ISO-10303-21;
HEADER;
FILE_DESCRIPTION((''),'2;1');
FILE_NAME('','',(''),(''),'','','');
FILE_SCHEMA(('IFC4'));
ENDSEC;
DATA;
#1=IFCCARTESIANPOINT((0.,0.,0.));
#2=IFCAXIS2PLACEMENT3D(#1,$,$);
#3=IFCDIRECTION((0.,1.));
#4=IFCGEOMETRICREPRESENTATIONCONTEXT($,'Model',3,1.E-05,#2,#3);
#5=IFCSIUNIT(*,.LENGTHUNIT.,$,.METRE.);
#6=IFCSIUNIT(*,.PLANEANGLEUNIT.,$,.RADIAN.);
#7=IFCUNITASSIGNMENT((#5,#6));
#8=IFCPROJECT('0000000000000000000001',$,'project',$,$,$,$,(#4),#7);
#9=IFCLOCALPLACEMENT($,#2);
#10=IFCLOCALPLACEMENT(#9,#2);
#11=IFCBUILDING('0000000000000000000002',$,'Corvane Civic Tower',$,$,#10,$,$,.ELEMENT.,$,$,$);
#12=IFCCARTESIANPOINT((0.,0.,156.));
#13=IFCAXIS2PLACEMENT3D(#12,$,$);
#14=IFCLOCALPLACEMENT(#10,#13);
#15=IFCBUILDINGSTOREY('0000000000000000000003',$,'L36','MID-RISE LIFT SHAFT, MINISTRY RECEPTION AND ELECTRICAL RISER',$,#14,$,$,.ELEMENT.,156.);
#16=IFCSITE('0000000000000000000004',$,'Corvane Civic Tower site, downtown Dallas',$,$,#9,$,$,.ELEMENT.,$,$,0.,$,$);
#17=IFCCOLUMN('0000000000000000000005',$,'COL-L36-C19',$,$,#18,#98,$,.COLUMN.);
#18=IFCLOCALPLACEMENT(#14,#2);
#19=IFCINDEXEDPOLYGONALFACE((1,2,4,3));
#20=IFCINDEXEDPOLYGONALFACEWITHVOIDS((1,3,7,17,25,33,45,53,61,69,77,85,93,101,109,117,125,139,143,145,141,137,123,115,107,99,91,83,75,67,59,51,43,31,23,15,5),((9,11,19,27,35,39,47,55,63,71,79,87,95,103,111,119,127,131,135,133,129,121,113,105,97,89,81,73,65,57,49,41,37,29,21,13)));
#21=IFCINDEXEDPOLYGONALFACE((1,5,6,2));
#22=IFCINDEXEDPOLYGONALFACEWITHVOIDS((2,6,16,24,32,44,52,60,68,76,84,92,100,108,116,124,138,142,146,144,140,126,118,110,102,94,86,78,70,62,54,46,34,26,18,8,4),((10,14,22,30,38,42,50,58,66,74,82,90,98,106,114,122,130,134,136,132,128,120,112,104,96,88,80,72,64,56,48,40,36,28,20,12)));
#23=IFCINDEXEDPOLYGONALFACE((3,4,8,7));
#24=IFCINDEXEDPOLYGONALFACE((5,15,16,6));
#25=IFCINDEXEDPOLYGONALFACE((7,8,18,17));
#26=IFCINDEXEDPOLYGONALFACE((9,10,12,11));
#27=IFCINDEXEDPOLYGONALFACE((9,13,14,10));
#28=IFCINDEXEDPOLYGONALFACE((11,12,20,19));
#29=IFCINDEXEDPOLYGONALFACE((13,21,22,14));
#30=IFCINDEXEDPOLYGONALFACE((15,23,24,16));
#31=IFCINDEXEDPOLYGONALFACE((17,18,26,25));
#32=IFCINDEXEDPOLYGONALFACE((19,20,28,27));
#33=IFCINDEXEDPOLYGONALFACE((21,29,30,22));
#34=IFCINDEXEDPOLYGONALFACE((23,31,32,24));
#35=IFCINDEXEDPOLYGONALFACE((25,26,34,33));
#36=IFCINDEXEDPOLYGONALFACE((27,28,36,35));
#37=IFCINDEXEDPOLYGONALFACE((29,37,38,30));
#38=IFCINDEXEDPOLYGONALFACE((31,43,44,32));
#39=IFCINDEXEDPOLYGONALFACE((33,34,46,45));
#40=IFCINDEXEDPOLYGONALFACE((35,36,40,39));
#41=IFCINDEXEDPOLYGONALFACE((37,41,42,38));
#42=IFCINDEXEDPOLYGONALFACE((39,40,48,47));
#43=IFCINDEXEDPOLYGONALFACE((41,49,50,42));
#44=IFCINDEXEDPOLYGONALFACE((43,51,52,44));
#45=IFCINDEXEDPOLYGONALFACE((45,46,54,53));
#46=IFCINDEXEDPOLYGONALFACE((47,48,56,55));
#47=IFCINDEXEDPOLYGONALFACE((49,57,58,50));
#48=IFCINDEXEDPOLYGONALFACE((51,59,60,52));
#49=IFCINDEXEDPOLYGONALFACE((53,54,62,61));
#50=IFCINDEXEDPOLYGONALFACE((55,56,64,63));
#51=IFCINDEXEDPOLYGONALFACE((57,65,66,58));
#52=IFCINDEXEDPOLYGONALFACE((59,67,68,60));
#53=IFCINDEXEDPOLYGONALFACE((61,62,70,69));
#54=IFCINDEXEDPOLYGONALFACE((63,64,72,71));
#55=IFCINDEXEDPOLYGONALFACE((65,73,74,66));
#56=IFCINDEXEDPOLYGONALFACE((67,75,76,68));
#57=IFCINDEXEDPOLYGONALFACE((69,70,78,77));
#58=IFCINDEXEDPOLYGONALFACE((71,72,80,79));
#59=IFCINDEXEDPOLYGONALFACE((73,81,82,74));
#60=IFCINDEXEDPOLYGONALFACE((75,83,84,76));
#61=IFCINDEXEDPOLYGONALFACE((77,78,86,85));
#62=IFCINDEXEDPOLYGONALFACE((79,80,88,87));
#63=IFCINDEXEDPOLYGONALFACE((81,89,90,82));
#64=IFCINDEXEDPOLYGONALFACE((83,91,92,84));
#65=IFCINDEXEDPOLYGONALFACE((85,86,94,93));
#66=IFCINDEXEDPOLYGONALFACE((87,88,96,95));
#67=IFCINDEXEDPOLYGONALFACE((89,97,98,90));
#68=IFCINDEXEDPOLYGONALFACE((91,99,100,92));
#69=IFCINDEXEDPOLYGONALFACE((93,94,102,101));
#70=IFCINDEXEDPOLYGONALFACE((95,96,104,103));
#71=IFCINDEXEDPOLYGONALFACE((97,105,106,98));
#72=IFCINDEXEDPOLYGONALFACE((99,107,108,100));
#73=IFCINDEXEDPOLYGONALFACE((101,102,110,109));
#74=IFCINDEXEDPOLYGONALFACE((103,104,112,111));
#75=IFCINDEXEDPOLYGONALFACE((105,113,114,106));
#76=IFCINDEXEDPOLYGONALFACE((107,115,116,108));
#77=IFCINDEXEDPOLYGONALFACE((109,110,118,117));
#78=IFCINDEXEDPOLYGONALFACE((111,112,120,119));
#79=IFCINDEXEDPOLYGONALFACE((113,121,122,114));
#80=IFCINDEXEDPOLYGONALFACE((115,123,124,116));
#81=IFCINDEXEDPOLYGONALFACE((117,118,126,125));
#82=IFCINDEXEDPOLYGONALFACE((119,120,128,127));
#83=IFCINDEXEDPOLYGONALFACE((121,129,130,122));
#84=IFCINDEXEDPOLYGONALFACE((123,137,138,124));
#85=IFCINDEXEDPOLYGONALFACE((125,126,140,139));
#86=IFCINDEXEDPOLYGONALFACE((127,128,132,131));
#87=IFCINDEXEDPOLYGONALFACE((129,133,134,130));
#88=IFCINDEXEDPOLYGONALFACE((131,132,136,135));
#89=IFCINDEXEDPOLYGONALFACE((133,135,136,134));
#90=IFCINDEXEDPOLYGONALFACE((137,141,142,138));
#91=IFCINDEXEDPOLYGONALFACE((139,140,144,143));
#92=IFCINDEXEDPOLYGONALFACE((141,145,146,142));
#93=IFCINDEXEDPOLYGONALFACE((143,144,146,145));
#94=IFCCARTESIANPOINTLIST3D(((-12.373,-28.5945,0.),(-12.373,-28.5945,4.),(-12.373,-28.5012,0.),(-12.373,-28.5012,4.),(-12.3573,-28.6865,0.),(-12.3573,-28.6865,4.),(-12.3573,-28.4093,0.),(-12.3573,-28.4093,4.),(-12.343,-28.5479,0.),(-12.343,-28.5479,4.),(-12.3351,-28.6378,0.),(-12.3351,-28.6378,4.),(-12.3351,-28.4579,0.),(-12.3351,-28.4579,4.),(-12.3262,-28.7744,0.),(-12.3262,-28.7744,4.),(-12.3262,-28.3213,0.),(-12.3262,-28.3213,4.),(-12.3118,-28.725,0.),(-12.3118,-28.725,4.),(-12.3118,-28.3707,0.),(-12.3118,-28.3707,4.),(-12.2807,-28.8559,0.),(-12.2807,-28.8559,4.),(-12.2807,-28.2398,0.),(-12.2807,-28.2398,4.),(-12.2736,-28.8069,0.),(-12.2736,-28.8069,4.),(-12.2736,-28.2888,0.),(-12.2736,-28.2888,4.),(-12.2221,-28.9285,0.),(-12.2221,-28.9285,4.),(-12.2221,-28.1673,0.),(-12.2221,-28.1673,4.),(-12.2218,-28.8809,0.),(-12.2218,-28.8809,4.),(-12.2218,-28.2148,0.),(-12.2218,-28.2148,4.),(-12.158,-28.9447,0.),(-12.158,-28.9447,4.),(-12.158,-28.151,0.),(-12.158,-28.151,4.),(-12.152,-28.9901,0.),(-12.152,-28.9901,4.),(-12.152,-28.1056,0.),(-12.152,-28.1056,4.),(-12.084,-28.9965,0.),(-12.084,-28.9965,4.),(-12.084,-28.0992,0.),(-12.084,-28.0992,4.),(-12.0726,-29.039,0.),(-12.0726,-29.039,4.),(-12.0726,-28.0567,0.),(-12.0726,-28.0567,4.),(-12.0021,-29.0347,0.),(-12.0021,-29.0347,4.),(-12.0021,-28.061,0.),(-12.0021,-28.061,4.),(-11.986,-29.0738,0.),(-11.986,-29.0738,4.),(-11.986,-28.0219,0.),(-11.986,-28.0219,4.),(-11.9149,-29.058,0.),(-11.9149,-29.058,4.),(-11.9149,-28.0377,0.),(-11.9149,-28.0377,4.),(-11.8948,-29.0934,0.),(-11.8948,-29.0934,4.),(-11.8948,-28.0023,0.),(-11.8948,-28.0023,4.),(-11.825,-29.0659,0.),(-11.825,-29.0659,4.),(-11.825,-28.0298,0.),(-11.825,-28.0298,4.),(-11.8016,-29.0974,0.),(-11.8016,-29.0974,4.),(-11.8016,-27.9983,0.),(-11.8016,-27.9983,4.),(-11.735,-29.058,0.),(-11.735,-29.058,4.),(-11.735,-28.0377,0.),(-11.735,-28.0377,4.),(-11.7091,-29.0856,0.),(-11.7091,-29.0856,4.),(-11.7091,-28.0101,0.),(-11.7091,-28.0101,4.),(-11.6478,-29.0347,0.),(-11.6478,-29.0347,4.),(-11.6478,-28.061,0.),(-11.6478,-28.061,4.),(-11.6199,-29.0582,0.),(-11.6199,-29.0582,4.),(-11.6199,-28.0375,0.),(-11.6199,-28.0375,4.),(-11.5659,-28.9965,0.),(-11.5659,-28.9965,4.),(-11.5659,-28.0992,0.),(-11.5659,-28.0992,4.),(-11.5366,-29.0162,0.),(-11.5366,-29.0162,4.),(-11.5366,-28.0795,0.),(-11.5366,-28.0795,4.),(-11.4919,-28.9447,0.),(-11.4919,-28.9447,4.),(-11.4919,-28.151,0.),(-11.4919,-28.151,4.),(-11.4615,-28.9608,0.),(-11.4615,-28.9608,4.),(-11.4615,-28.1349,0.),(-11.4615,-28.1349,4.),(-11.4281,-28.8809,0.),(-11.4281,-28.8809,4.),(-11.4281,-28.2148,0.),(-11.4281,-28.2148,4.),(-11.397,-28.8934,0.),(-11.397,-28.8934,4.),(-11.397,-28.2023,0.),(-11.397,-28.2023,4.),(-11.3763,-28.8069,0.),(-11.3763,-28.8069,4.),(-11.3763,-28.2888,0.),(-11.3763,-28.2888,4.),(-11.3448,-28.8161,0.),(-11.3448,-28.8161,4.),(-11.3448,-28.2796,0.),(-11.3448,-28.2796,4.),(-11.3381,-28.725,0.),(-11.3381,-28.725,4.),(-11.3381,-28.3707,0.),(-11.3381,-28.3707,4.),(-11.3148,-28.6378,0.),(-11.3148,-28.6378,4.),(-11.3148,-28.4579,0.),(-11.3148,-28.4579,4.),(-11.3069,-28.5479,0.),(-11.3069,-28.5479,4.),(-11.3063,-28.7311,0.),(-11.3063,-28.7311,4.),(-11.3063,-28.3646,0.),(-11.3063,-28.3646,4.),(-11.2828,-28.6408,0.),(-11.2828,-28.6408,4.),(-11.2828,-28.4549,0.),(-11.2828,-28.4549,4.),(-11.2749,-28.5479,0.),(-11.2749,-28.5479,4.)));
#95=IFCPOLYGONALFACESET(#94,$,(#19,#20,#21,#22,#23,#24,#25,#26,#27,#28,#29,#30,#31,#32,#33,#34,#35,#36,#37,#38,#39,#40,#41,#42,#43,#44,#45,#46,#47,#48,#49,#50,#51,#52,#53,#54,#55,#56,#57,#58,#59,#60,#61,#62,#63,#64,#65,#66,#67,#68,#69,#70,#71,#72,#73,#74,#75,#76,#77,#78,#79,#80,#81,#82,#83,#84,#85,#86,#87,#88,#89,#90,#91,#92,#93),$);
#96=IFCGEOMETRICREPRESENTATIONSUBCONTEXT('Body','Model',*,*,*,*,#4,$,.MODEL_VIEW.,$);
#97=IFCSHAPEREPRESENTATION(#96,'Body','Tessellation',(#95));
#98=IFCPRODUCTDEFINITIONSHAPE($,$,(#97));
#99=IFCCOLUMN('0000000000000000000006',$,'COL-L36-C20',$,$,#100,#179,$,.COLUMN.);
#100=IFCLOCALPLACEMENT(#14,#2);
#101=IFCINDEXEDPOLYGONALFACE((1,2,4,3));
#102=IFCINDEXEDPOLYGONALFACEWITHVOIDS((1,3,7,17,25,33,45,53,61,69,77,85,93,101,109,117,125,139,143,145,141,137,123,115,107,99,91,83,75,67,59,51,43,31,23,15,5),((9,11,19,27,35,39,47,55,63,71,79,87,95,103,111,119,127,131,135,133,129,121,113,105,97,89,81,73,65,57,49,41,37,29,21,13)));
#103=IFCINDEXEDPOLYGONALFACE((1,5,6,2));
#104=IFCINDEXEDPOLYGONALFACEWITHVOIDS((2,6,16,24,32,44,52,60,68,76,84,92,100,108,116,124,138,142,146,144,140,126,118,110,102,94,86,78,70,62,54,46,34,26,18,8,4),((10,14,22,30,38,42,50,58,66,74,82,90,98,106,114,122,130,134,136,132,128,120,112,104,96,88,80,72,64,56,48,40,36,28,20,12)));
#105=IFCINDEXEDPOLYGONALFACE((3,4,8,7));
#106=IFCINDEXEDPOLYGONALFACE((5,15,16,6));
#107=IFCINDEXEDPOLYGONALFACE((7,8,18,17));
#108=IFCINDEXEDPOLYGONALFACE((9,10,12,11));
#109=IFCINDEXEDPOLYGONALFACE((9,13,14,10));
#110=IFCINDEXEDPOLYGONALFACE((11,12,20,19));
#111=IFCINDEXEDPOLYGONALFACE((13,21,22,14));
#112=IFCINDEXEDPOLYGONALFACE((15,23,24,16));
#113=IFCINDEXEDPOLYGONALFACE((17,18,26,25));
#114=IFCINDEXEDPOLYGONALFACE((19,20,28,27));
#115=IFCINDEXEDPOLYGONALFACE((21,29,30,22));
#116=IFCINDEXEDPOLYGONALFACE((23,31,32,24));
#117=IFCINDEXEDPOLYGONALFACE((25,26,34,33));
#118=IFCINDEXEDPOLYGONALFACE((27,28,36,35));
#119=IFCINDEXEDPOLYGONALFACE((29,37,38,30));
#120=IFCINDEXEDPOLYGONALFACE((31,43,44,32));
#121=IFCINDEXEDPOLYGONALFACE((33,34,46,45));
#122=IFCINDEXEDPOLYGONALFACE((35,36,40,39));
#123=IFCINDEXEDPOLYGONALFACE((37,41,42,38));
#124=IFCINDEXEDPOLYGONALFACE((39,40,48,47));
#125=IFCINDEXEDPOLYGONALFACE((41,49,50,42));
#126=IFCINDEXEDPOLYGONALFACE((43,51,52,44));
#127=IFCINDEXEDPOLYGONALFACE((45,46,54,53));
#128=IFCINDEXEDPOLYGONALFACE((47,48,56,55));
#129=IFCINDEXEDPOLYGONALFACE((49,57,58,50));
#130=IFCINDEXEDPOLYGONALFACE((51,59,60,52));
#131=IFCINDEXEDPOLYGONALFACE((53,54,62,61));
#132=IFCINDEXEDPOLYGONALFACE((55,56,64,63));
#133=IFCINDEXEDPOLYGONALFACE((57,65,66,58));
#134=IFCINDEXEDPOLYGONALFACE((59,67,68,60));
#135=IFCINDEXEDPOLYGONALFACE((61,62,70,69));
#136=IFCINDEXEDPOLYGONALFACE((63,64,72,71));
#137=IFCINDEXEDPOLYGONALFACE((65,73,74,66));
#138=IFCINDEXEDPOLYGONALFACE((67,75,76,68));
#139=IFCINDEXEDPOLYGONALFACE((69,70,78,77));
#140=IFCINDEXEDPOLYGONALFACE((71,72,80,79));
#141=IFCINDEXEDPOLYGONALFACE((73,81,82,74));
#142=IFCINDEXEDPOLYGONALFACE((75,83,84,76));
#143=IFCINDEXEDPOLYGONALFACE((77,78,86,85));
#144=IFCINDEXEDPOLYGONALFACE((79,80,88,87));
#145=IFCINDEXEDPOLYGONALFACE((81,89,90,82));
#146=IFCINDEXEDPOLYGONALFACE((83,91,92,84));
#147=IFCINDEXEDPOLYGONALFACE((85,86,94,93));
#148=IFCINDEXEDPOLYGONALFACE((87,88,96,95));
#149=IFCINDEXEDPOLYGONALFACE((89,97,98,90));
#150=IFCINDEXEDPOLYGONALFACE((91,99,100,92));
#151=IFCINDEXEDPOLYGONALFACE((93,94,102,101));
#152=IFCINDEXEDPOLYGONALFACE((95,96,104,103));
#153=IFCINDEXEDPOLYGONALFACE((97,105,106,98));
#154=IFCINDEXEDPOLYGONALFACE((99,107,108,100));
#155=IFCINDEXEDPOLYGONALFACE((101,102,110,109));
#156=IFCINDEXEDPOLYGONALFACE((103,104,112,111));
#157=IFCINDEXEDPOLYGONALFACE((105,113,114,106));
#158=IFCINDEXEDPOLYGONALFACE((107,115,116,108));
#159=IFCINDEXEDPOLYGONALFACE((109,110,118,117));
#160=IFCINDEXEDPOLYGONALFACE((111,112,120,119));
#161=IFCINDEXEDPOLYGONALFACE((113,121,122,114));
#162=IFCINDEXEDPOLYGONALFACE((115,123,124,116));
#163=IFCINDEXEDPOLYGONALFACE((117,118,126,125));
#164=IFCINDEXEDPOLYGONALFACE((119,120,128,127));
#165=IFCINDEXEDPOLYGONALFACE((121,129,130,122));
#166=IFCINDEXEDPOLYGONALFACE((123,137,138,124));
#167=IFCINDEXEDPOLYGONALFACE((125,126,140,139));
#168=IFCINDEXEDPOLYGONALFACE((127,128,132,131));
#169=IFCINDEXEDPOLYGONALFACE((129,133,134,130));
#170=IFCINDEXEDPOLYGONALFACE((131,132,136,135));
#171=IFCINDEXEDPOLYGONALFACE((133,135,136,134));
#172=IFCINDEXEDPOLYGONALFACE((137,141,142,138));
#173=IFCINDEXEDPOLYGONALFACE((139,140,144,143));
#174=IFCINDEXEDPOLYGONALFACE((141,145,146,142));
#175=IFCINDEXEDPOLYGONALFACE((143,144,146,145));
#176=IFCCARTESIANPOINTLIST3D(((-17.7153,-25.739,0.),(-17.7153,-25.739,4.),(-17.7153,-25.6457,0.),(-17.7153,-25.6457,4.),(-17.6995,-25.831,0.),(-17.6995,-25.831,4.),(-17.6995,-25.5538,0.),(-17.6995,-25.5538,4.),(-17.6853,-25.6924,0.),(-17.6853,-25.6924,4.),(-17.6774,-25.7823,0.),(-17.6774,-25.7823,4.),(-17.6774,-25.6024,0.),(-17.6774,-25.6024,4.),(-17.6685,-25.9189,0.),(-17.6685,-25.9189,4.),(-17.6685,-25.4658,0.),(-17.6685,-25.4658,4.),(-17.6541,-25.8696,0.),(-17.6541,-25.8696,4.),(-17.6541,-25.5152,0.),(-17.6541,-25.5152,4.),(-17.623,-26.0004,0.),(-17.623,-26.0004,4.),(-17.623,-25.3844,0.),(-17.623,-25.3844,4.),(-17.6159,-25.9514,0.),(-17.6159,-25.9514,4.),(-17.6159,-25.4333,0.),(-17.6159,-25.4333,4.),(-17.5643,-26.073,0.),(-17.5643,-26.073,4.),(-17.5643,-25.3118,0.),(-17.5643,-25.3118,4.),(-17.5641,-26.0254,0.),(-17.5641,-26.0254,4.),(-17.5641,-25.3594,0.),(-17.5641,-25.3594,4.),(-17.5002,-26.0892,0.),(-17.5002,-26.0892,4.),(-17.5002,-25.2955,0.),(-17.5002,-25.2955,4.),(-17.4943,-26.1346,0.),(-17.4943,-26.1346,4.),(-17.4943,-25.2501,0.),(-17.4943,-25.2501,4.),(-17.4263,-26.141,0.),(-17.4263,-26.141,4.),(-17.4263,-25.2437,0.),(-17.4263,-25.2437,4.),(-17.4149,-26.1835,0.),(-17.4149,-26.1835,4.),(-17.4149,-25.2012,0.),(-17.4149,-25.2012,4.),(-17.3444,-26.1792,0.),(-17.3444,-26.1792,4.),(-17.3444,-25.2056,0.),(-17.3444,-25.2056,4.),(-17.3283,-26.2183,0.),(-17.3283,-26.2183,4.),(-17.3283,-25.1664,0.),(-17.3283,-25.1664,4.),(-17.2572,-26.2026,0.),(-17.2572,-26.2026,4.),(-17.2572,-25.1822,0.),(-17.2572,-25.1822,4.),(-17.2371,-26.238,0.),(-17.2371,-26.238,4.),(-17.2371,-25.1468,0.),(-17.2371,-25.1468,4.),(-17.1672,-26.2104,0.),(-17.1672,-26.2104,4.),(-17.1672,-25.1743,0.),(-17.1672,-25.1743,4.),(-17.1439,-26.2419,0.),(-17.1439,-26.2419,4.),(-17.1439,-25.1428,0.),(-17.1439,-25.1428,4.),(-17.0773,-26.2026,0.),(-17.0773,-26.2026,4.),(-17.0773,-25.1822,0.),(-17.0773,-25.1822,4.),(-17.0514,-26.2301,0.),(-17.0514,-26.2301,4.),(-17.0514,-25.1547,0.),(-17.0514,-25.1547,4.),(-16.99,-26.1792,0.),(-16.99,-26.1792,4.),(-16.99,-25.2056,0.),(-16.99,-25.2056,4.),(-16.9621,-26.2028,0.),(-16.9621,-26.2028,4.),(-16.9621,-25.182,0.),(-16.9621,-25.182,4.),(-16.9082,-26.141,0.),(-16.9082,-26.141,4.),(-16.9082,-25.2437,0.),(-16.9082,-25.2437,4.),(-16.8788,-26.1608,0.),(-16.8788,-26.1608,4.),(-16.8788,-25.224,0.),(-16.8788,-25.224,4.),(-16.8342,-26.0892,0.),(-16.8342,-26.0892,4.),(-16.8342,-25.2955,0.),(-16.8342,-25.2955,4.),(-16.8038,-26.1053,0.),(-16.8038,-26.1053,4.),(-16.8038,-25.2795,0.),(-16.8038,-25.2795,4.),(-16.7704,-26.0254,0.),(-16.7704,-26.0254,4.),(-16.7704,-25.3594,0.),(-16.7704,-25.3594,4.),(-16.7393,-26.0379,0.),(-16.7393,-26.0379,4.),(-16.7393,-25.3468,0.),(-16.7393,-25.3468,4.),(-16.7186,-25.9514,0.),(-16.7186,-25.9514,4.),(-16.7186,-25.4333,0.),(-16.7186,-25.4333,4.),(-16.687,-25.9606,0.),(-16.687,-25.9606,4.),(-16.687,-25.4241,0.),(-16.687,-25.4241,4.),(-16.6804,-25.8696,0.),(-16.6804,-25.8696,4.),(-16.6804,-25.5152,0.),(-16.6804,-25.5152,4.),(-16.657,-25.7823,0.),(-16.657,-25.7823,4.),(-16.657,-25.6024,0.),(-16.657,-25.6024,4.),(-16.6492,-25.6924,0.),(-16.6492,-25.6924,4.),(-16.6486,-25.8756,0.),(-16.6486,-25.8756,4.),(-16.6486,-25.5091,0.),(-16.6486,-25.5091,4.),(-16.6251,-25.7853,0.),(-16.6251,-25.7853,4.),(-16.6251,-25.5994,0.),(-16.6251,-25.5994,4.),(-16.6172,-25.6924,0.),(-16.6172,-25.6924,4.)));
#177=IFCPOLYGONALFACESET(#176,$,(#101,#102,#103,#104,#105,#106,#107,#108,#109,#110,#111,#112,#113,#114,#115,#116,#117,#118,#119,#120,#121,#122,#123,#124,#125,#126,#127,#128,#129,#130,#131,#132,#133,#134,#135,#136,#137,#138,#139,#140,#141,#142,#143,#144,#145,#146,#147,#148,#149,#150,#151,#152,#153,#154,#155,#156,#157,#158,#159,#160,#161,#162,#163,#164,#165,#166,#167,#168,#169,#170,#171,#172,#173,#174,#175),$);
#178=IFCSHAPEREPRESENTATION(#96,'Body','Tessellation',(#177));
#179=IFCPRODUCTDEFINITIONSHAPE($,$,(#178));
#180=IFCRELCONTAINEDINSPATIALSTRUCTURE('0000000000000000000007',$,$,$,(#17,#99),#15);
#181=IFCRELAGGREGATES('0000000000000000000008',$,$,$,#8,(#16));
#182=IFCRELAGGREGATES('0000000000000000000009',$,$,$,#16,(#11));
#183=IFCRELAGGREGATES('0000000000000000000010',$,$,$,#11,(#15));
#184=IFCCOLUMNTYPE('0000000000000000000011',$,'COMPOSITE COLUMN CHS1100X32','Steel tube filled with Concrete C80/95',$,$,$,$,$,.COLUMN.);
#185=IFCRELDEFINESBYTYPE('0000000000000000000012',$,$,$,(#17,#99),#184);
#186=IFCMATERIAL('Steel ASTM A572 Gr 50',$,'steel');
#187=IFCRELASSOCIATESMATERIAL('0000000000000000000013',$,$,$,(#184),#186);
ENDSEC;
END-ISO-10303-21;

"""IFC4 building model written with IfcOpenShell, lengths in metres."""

from ifc_helpers import new_model, si_unit, direction, frame, origin, origin_2d, place, context, subcontext, project, spatial, hollow_circle, extrude, material, material_profile, profile_set, type_object, element, save


model = new_model("IFC4")

# Units and contexts
model_context = context("Model", 3, precision=1e-05, world=origin(), true_north=direction((0.0, 1.0)))
body_context = subcontext(model_context, "Body", "Model", "MODEL_VIEW")
ifc_project = project(units=[si_unit("LENGTHUNIT", "METRE"), si_unit("PLANEANGLEUNIT", "RADIAN")], contexts=[model_context])

# Site, building, storey
site_placement = place(None, origin())
site = spatial("IfcSite", under=ifc_project, at=site_placement, Name="Corvane Civic Tower site, downtown Dallas", CompositionType="ELEMENT", RefElevation=0.0)
building_placement = place(site_placement, origin())
building = spatial("IfcBuilding", under=site, at=building_placement, Name="Corvane Civic Tower", CompositionType="ELEMENT")
storey_placement = place(building_placement, frame((0.0, 0.0, 156.0)))
storey = spatial("IfcBuildingStorey", under=building, at=storey_placement, Name="L36", Description="MID-RISE LIFT SHAFT, MINISTRY RECEPTION AND ELECTRICAL RISER", CompositionType="ELEMENT", Elevation=156.0)

# Columns
ifc_material_1 = material(Name="Steel ASTM A572 Gr 50", Category="steel")
ifc_material_profile_1 = material_profile(ifc_material_1, hollow_circle(Radius=0.55, WallThickness=0.032, at=origin_2d()), Name="CHS1100X32")
ifc_profile_set_1 = profile_set([ifc_material_profile_1], Name="Steel ASTM A572 Gr 50")
column_type = type_object("IfcColumnType", Name="COMPOSITE COLUMN CHS1100X32", Description="Steel tube filled with Concrete C80/95", PredefinedType="COLUMN", material=ifc_profile_set_1)
for number, where, z_axis, x_axis, name in (
    (1, (-11.825, -28.5479, 0.0), (0.0, 0.0, 1.0), (1.0, 0.0, 0.0), "COL-L36-C19"),
    (2, (-17.1672, -25.6924, 0.0), (0.0, 0.0, 1.0), (1.0, 0.0, 0.0), "COL-L36-C20"),
):
    element("IfcColumn", number, at=place(storey_placement, frame(where, z_axis=z_axis, x_axis=x_axis)), inside=storey, type_object=column_type, Name=name, PredefinedType="COLUMN", context=body_context, shape_type="SweptSolid", body=[
        extrude(hollow_circle(Radius=0.55, WallThickness=0.032, at=origin_2d()), origin(), (0.0, 0.0, 1.0), 4.0),
    ])

save(model, "model.ifc")
